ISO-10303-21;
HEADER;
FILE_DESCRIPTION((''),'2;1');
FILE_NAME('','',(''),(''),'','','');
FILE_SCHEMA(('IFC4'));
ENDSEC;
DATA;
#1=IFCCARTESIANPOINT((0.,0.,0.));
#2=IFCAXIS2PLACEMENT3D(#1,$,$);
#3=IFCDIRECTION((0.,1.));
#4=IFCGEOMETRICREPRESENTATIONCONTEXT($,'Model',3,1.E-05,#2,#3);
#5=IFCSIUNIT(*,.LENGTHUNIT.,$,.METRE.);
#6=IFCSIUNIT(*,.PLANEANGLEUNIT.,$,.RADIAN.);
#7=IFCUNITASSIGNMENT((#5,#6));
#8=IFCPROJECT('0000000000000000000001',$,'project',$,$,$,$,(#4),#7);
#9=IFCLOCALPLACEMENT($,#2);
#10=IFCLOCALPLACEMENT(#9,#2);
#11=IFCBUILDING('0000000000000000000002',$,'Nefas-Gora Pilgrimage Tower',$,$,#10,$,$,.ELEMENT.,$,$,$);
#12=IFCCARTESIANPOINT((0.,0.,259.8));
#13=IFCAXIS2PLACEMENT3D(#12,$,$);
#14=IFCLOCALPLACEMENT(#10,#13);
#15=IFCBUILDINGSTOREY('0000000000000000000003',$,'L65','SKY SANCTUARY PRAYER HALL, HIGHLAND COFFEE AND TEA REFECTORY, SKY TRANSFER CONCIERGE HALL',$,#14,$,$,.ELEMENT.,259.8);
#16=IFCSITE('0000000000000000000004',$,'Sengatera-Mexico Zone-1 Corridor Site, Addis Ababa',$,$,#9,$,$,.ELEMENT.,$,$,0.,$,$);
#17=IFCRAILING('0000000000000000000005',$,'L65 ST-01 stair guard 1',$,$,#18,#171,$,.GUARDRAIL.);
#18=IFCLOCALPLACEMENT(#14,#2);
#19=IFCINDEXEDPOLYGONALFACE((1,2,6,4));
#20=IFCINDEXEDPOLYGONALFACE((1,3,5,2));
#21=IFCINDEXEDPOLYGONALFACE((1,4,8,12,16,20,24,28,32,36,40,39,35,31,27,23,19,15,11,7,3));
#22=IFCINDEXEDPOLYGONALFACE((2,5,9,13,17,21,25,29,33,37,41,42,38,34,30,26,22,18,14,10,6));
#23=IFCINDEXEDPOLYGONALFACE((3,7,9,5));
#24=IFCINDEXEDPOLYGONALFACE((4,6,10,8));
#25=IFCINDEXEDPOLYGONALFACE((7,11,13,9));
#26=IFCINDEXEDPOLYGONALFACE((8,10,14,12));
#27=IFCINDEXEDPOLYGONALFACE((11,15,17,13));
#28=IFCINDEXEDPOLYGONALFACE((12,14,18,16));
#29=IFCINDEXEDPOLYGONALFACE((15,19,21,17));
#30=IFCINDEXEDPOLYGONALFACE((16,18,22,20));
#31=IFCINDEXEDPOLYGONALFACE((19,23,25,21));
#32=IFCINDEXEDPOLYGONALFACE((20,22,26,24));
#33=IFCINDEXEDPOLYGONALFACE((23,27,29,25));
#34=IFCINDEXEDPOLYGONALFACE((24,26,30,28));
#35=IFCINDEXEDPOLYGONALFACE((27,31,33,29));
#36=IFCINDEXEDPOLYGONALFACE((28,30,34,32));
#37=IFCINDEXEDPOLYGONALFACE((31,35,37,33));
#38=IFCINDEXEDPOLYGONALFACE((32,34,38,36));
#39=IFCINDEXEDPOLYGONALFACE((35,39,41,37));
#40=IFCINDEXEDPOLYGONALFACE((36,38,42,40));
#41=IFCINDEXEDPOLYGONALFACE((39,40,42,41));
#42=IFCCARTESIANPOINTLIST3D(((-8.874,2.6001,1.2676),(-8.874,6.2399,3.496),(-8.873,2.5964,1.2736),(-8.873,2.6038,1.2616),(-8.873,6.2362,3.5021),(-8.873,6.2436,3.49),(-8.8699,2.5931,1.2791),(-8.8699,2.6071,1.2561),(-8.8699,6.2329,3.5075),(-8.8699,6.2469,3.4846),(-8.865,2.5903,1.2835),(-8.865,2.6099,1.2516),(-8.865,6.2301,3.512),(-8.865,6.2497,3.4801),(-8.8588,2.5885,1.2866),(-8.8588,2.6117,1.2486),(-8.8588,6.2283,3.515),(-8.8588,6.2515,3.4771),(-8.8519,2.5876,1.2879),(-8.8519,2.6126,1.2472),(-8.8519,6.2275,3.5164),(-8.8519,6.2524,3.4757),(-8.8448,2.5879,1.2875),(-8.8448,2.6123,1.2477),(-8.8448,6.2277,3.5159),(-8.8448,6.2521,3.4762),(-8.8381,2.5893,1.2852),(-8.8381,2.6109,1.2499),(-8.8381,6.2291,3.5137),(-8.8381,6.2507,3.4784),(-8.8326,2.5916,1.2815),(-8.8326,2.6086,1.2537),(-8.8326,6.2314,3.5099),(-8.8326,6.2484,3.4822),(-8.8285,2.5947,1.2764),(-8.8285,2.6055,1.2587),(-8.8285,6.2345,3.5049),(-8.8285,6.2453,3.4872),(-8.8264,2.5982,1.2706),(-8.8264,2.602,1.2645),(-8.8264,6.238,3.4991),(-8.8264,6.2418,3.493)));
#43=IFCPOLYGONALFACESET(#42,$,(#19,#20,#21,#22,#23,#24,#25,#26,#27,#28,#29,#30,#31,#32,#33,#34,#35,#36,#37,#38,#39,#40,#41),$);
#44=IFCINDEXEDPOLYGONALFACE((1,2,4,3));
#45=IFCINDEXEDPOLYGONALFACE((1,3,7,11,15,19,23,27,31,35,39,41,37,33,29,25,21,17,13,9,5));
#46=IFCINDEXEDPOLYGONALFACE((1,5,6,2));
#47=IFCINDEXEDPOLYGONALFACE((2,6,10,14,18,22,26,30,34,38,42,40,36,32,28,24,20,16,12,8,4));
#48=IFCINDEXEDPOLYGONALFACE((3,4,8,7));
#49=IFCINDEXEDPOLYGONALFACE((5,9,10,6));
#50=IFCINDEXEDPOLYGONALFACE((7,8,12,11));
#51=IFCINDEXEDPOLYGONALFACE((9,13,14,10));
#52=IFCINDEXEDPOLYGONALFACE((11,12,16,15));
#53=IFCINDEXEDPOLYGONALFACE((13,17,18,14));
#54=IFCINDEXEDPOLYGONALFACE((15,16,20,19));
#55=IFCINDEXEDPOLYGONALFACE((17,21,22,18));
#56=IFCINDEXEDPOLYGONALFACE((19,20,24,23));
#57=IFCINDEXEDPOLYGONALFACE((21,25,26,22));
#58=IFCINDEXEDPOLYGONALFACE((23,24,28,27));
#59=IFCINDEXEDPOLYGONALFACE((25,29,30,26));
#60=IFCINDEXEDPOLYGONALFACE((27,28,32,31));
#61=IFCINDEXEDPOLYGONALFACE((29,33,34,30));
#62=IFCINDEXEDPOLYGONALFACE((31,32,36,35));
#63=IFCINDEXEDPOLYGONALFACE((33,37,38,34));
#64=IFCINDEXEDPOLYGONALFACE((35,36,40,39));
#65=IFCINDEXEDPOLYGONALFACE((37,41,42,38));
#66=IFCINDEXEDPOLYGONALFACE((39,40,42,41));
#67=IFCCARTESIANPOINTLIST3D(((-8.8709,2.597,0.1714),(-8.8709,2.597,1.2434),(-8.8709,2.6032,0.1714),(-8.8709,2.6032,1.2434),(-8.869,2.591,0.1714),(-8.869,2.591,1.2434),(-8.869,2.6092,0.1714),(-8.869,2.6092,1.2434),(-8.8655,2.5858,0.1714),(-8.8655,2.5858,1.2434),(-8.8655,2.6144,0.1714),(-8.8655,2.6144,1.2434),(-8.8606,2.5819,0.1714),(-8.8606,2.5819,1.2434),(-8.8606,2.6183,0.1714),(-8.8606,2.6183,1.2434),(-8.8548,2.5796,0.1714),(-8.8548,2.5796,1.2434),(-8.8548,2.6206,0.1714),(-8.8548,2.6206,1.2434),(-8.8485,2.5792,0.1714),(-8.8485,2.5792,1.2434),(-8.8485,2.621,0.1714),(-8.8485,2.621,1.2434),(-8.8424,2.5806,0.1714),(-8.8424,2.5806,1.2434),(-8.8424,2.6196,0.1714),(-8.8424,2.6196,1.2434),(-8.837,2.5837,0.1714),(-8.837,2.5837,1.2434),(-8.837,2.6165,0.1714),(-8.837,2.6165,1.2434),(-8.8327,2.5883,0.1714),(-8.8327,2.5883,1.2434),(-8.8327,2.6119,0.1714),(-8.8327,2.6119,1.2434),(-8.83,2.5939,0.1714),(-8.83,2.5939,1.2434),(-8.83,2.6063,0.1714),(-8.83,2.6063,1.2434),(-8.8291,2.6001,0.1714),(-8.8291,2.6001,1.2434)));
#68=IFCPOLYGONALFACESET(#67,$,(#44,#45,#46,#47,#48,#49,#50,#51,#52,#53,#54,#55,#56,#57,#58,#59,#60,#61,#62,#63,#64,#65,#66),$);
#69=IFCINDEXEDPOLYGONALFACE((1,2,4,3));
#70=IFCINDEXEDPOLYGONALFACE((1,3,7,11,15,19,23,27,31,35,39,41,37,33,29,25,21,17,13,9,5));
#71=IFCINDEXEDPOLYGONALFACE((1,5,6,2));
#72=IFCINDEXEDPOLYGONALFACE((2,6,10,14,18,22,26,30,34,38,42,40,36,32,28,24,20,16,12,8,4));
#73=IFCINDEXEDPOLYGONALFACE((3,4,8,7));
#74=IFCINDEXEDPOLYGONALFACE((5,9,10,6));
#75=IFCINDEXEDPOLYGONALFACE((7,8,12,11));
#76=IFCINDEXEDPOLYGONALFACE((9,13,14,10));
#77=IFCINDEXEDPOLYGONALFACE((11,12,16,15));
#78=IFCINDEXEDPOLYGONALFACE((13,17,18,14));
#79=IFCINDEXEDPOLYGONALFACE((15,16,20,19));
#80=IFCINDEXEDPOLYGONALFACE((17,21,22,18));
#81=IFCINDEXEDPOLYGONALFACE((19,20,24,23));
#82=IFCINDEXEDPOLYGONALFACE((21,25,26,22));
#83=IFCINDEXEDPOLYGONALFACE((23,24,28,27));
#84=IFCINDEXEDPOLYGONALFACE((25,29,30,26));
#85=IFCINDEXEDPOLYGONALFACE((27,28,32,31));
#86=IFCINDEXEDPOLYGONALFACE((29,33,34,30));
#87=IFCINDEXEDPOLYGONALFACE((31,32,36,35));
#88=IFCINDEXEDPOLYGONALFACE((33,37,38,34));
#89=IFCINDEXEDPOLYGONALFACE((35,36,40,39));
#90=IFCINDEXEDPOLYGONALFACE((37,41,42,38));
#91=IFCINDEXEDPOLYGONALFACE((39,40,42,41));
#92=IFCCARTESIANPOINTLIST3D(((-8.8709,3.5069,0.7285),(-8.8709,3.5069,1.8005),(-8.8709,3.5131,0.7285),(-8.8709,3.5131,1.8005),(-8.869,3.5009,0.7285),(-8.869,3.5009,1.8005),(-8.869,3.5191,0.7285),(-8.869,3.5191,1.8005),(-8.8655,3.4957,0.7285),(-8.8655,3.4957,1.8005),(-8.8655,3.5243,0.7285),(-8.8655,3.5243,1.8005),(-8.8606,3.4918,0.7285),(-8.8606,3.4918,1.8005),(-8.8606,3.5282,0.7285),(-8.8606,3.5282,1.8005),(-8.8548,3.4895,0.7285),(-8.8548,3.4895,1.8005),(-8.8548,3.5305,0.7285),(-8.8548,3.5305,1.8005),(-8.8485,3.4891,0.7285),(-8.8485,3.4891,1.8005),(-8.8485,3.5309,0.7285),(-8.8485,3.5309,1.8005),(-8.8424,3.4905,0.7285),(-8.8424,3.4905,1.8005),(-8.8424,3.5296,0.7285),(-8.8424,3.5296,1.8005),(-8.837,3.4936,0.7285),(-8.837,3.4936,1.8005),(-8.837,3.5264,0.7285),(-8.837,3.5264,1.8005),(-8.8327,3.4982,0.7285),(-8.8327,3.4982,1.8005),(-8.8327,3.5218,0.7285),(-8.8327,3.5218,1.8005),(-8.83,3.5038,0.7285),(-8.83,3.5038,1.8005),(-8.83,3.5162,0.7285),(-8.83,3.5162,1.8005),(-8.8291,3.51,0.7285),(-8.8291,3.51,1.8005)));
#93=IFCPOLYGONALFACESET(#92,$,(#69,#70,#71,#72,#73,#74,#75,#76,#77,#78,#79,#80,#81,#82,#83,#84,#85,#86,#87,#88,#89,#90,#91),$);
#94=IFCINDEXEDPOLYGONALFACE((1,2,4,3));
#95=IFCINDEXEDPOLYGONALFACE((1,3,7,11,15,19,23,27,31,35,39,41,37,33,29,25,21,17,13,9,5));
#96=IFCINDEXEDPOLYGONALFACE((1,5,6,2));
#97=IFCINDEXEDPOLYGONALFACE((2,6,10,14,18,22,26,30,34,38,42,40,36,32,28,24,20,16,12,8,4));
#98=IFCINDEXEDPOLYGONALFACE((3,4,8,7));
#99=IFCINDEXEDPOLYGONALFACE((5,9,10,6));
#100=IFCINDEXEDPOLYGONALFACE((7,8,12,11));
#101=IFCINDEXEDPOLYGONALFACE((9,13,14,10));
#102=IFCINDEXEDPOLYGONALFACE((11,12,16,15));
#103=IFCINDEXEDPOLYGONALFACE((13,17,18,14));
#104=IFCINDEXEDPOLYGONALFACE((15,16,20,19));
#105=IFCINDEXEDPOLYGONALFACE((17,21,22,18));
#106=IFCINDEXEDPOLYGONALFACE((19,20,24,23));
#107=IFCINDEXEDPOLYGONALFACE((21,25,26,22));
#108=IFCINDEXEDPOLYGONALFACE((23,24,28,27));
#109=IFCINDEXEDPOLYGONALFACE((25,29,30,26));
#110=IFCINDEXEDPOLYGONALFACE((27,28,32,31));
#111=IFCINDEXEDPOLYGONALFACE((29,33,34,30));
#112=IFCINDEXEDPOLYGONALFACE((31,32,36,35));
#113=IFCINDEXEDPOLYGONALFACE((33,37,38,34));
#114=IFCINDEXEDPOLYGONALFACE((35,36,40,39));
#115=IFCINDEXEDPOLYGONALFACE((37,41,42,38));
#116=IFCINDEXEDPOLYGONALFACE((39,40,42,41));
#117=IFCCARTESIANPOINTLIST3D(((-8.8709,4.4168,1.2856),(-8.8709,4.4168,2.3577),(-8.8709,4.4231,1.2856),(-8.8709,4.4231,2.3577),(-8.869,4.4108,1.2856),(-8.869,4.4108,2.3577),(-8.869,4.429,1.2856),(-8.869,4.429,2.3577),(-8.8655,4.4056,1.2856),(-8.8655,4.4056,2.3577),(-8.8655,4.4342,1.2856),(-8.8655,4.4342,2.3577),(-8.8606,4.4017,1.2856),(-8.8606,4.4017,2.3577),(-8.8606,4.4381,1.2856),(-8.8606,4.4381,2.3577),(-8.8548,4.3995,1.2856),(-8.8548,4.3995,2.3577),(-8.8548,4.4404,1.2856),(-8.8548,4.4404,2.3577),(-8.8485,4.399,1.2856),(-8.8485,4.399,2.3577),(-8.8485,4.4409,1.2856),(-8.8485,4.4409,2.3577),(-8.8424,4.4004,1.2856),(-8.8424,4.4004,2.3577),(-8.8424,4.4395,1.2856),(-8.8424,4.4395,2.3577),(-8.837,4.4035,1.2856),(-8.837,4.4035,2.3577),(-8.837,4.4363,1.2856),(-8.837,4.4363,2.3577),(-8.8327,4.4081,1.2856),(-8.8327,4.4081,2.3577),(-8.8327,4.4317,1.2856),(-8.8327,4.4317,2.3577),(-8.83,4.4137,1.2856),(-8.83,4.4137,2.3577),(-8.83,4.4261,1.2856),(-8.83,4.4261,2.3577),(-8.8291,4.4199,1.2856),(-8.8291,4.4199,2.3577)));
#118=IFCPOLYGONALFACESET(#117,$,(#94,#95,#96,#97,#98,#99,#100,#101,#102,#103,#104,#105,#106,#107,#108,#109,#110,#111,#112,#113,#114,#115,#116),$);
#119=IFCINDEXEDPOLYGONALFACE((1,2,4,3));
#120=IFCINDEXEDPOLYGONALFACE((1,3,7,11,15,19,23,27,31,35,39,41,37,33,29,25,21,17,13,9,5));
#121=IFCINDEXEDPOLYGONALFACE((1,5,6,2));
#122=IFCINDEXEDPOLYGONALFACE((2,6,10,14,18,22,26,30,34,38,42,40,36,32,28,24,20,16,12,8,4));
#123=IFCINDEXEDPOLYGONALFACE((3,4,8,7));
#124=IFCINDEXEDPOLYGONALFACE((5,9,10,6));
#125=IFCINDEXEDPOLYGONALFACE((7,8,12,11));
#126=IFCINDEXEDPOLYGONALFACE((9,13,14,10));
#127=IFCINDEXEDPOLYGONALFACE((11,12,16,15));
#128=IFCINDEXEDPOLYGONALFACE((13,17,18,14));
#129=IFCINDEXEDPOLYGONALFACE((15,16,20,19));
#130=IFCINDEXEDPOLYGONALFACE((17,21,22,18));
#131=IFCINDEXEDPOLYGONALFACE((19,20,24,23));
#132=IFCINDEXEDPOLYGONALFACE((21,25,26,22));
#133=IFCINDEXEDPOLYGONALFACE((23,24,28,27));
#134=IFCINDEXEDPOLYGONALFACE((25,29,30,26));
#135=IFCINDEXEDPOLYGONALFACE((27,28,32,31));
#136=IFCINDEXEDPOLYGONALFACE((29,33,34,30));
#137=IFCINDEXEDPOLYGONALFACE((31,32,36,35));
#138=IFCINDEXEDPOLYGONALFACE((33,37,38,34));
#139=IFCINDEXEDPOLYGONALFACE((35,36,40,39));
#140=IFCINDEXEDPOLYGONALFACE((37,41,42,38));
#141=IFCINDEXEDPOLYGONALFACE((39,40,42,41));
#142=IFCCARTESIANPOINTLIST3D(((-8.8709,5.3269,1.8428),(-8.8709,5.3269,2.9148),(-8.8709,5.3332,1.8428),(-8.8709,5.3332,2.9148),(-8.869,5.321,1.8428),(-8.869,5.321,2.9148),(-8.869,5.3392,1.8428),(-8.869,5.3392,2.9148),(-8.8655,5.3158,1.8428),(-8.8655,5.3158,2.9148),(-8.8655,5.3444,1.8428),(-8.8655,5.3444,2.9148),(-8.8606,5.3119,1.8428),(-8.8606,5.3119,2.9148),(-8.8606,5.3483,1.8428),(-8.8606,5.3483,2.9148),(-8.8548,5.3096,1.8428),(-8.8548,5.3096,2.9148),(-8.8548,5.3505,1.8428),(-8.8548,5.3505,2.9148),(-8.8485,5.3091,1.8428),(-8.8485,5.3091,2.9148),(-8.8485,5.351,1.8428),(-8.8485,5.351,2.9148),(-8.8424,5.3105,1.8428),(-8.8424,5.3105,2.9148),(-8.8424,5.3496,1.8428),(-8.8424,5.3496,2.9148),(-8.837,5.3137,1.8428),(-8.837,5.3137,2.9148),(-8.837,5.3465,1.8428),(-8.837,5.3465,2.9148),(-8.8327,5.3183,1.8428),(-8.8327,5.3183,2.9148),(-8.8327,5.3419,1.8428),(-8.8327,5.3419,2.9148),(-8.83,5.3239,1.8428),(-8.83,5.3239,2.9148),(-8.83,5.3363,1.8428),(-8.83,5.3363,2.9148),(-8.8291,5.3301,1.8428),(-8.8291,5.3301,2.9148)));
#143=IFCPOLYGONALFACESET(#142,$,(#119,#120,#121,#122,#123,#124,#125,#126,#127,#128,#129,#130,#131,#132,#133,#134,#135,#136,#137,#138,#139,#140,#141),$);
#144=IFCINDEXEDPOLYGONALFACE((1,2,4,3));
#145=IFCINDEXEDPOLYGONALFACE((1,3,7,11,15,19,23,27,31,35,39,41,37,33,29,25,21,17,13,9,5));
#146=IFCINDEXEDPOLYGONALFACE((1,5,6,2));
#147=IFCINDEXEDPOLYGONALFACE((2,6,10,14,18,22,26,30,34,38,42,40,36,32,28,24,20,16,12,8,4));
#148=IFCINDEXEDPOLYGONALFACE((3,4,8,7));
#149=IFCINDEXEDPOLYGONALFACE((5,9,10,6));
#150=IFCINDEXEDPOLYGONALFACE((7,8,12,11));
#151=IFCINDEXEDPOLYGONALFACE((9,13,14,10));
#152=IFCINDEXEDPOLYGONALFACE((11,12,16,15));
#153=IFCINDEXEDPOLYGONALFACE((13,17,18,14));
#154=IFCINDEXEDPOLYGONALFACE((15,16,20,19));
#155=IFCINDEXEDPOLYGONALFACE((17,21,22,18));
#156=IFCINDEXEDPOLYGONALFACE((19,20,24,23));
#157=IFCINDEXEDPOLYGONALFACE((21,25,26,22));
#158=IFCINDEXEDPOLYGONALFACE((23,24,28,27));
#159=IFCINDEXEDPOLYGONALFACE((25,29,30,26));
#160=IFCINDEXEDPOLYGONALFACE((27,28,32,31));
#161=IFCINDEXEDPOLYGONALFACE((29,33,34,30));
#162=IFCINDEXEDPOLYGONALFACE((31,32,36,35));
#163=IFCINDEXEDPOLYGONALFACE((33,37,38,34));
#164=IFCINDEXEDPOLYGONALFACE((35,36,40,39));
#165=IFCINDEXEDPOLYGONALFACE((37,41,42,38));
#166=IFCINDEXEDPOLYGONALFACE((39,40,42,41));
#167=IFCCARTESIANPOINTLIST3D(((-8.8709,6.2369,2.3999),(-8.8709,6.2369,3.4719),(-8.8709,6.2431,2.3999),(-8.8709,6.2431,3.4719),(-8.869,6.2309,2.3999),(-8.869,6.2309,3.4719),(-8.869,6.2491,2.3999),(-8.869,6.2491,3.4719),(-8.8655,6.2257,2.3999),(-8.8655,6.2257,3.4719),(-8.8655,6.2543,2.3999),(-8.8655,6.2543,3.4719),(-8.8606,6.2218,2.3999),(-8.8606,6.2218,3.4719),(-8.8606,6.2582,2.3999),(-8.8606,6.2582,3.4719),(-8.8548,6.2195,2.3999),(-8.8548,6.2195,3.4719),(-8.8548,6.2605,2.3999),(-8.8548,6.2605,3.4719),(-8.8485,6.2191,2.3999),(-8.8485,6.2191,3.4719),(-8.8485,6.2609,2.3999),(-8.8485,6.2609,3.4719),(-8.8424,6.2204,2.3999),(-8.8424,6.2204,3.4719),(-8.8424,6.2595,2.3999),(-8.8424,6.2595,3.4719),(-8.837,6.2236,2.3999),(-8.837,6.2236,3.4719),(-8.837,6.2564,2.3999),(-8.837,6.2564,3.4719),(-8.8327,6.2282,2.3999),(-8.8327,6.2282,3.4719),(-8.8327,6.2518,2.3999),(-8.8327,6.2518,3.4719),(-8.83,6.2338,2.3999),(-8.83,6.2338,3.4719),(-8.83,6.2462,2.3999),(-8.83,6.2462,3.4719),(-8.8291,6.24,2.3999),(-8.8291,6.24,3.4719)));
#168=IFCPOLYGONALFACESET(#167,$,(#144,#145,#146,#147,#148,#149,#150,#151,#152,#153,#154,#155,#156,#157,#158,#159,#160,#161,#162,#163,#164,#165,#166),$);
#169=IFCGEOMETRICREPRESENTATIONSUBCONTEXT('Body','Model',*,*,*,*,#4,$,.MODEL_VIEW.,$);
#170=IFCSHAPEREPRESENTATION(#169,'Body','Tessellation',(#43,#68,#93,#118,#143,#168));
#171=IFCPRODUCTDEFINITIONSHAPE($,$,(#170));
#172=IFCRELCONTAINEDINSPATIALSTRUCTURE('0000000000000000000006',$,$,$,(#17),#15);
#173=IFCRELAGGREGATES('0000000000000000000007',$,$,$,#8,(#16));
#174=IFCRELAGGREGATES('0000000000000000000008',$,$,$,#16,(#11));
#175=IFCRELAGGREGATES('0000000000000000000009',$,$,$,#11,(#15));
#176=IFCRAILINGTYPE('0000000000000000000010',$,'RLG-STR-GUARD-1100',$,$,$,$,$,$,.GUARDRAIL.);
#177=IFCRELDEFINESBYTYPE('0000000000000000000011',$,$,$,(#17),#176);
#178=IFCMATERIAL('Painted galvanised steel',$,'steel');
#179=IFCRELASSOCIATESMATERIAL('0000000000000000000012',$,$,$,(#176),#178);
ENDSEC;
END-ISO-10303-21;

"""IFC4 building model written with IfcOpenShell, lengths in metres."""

from ifc_helpers import new_model, si_unit, direction, frame, origin, origin_2d, place, context, subcontext, project, spatial, circle, extrude, material, type_object, element, save


model = new_model("IFC4")

# Units and contexts
model_context = context("Model", 3, precision=1e-05, world=origin(), true_north=direction((0.0, 1.0)))
body_context = subcontext(model_context, "Body", "Model", "MODEL_VIEW")
ifc_project = project(units=[si_unit("LENGTHUNIT", "METRE"), si_unit("PLANEANGLEUNIT", "RADIAN")], contexts=[model_context])

# Site, building, storey
site_placement = place(None, origin())
site = spatial("IfcSite", under=ifc_project, at=site_placement, Name="Sengatera-Mexico Zone-1 Corridor Site, Addis Ababa", CompositionType="ELEMENT", RefElevation=0.0)
building_placement = place(site_placement, origin())
building = spatial("IfcBuilding", under=site, at=building_placement, Name="Nefas-Gora Pilgrimage Tower", CompositionType="ELEMENT")
storey_placement = place(building_placement, frame((0.0, 0.0, 259.8)))
storey = spatial("IfcBuildingStorey", under=building, at=storey_placement, Name="L65", Description="SKY SANCTUARY PRAYER HALL, HIGHLAND COFFEE AND TEA REFECTORY, SKY TRANSFER CONCIERGE HALL", CompositionType="ELEMENT", Elevation=259.8)

# Railing
ifc_material_1 = material(Name="Painted galvanised steel", Category="steel")
railing_type_1 = type_object("IfcRailingType", Name="RLG-STR-GUARD-1100", PredefinedType="GUARDRAIL", material=ifc_material_1)
railing_1_placement = place(storey_placement, frame((-8.8501, 2.6001, 0.1714)))
element("IfcRailing", 1, at=railing_1_placement, inside=storey, type_object=railing_type_1, Name="L65 ST-01 stair guard 1", PredefinedType="GUARDRAIL", context=body_context, shape_type="SweptSolid", body=[
    extrude(circle(Radius=0.0239, at=origin_2d()), frame((0.0, 0.0, 1.0962), z_axis=(0.0, 0.85285, 0.522156), x_axis=(-1.0, 0.0, 0.0)), (0.0, 0.0, 1.0), 4.2678),
    extrude(circle(Radius=0.021, at=origin_2d()), origin(), (0.0, 0.0, 1.0), 1.072),
    extrude(circle(Radius=0.021, at=origin_2d()), frame((0.0, 0.9099, 0.5571)), (0.0, 0.0, 1.0), 1.072),
    extrude(circle(Radius=0.021, at=origin_2d()), frame((0.0, 1.8198, 1.1143)), (0.0, 0.0, 1.0), 1.072),
    extrude(circle(Radius=0.021, at=origin_2d()), frame((0.0, 2.73, 1.6714)), (0.0, 0.0, 1.0), 1.072),
    extrude(circle(Radius=0.021, at=origin_2d()), frame((0.0, 3.6399, 2.2285)), (0.0, 0.0, 1.0), 1.072),
])

save(model, "model.ifc")
